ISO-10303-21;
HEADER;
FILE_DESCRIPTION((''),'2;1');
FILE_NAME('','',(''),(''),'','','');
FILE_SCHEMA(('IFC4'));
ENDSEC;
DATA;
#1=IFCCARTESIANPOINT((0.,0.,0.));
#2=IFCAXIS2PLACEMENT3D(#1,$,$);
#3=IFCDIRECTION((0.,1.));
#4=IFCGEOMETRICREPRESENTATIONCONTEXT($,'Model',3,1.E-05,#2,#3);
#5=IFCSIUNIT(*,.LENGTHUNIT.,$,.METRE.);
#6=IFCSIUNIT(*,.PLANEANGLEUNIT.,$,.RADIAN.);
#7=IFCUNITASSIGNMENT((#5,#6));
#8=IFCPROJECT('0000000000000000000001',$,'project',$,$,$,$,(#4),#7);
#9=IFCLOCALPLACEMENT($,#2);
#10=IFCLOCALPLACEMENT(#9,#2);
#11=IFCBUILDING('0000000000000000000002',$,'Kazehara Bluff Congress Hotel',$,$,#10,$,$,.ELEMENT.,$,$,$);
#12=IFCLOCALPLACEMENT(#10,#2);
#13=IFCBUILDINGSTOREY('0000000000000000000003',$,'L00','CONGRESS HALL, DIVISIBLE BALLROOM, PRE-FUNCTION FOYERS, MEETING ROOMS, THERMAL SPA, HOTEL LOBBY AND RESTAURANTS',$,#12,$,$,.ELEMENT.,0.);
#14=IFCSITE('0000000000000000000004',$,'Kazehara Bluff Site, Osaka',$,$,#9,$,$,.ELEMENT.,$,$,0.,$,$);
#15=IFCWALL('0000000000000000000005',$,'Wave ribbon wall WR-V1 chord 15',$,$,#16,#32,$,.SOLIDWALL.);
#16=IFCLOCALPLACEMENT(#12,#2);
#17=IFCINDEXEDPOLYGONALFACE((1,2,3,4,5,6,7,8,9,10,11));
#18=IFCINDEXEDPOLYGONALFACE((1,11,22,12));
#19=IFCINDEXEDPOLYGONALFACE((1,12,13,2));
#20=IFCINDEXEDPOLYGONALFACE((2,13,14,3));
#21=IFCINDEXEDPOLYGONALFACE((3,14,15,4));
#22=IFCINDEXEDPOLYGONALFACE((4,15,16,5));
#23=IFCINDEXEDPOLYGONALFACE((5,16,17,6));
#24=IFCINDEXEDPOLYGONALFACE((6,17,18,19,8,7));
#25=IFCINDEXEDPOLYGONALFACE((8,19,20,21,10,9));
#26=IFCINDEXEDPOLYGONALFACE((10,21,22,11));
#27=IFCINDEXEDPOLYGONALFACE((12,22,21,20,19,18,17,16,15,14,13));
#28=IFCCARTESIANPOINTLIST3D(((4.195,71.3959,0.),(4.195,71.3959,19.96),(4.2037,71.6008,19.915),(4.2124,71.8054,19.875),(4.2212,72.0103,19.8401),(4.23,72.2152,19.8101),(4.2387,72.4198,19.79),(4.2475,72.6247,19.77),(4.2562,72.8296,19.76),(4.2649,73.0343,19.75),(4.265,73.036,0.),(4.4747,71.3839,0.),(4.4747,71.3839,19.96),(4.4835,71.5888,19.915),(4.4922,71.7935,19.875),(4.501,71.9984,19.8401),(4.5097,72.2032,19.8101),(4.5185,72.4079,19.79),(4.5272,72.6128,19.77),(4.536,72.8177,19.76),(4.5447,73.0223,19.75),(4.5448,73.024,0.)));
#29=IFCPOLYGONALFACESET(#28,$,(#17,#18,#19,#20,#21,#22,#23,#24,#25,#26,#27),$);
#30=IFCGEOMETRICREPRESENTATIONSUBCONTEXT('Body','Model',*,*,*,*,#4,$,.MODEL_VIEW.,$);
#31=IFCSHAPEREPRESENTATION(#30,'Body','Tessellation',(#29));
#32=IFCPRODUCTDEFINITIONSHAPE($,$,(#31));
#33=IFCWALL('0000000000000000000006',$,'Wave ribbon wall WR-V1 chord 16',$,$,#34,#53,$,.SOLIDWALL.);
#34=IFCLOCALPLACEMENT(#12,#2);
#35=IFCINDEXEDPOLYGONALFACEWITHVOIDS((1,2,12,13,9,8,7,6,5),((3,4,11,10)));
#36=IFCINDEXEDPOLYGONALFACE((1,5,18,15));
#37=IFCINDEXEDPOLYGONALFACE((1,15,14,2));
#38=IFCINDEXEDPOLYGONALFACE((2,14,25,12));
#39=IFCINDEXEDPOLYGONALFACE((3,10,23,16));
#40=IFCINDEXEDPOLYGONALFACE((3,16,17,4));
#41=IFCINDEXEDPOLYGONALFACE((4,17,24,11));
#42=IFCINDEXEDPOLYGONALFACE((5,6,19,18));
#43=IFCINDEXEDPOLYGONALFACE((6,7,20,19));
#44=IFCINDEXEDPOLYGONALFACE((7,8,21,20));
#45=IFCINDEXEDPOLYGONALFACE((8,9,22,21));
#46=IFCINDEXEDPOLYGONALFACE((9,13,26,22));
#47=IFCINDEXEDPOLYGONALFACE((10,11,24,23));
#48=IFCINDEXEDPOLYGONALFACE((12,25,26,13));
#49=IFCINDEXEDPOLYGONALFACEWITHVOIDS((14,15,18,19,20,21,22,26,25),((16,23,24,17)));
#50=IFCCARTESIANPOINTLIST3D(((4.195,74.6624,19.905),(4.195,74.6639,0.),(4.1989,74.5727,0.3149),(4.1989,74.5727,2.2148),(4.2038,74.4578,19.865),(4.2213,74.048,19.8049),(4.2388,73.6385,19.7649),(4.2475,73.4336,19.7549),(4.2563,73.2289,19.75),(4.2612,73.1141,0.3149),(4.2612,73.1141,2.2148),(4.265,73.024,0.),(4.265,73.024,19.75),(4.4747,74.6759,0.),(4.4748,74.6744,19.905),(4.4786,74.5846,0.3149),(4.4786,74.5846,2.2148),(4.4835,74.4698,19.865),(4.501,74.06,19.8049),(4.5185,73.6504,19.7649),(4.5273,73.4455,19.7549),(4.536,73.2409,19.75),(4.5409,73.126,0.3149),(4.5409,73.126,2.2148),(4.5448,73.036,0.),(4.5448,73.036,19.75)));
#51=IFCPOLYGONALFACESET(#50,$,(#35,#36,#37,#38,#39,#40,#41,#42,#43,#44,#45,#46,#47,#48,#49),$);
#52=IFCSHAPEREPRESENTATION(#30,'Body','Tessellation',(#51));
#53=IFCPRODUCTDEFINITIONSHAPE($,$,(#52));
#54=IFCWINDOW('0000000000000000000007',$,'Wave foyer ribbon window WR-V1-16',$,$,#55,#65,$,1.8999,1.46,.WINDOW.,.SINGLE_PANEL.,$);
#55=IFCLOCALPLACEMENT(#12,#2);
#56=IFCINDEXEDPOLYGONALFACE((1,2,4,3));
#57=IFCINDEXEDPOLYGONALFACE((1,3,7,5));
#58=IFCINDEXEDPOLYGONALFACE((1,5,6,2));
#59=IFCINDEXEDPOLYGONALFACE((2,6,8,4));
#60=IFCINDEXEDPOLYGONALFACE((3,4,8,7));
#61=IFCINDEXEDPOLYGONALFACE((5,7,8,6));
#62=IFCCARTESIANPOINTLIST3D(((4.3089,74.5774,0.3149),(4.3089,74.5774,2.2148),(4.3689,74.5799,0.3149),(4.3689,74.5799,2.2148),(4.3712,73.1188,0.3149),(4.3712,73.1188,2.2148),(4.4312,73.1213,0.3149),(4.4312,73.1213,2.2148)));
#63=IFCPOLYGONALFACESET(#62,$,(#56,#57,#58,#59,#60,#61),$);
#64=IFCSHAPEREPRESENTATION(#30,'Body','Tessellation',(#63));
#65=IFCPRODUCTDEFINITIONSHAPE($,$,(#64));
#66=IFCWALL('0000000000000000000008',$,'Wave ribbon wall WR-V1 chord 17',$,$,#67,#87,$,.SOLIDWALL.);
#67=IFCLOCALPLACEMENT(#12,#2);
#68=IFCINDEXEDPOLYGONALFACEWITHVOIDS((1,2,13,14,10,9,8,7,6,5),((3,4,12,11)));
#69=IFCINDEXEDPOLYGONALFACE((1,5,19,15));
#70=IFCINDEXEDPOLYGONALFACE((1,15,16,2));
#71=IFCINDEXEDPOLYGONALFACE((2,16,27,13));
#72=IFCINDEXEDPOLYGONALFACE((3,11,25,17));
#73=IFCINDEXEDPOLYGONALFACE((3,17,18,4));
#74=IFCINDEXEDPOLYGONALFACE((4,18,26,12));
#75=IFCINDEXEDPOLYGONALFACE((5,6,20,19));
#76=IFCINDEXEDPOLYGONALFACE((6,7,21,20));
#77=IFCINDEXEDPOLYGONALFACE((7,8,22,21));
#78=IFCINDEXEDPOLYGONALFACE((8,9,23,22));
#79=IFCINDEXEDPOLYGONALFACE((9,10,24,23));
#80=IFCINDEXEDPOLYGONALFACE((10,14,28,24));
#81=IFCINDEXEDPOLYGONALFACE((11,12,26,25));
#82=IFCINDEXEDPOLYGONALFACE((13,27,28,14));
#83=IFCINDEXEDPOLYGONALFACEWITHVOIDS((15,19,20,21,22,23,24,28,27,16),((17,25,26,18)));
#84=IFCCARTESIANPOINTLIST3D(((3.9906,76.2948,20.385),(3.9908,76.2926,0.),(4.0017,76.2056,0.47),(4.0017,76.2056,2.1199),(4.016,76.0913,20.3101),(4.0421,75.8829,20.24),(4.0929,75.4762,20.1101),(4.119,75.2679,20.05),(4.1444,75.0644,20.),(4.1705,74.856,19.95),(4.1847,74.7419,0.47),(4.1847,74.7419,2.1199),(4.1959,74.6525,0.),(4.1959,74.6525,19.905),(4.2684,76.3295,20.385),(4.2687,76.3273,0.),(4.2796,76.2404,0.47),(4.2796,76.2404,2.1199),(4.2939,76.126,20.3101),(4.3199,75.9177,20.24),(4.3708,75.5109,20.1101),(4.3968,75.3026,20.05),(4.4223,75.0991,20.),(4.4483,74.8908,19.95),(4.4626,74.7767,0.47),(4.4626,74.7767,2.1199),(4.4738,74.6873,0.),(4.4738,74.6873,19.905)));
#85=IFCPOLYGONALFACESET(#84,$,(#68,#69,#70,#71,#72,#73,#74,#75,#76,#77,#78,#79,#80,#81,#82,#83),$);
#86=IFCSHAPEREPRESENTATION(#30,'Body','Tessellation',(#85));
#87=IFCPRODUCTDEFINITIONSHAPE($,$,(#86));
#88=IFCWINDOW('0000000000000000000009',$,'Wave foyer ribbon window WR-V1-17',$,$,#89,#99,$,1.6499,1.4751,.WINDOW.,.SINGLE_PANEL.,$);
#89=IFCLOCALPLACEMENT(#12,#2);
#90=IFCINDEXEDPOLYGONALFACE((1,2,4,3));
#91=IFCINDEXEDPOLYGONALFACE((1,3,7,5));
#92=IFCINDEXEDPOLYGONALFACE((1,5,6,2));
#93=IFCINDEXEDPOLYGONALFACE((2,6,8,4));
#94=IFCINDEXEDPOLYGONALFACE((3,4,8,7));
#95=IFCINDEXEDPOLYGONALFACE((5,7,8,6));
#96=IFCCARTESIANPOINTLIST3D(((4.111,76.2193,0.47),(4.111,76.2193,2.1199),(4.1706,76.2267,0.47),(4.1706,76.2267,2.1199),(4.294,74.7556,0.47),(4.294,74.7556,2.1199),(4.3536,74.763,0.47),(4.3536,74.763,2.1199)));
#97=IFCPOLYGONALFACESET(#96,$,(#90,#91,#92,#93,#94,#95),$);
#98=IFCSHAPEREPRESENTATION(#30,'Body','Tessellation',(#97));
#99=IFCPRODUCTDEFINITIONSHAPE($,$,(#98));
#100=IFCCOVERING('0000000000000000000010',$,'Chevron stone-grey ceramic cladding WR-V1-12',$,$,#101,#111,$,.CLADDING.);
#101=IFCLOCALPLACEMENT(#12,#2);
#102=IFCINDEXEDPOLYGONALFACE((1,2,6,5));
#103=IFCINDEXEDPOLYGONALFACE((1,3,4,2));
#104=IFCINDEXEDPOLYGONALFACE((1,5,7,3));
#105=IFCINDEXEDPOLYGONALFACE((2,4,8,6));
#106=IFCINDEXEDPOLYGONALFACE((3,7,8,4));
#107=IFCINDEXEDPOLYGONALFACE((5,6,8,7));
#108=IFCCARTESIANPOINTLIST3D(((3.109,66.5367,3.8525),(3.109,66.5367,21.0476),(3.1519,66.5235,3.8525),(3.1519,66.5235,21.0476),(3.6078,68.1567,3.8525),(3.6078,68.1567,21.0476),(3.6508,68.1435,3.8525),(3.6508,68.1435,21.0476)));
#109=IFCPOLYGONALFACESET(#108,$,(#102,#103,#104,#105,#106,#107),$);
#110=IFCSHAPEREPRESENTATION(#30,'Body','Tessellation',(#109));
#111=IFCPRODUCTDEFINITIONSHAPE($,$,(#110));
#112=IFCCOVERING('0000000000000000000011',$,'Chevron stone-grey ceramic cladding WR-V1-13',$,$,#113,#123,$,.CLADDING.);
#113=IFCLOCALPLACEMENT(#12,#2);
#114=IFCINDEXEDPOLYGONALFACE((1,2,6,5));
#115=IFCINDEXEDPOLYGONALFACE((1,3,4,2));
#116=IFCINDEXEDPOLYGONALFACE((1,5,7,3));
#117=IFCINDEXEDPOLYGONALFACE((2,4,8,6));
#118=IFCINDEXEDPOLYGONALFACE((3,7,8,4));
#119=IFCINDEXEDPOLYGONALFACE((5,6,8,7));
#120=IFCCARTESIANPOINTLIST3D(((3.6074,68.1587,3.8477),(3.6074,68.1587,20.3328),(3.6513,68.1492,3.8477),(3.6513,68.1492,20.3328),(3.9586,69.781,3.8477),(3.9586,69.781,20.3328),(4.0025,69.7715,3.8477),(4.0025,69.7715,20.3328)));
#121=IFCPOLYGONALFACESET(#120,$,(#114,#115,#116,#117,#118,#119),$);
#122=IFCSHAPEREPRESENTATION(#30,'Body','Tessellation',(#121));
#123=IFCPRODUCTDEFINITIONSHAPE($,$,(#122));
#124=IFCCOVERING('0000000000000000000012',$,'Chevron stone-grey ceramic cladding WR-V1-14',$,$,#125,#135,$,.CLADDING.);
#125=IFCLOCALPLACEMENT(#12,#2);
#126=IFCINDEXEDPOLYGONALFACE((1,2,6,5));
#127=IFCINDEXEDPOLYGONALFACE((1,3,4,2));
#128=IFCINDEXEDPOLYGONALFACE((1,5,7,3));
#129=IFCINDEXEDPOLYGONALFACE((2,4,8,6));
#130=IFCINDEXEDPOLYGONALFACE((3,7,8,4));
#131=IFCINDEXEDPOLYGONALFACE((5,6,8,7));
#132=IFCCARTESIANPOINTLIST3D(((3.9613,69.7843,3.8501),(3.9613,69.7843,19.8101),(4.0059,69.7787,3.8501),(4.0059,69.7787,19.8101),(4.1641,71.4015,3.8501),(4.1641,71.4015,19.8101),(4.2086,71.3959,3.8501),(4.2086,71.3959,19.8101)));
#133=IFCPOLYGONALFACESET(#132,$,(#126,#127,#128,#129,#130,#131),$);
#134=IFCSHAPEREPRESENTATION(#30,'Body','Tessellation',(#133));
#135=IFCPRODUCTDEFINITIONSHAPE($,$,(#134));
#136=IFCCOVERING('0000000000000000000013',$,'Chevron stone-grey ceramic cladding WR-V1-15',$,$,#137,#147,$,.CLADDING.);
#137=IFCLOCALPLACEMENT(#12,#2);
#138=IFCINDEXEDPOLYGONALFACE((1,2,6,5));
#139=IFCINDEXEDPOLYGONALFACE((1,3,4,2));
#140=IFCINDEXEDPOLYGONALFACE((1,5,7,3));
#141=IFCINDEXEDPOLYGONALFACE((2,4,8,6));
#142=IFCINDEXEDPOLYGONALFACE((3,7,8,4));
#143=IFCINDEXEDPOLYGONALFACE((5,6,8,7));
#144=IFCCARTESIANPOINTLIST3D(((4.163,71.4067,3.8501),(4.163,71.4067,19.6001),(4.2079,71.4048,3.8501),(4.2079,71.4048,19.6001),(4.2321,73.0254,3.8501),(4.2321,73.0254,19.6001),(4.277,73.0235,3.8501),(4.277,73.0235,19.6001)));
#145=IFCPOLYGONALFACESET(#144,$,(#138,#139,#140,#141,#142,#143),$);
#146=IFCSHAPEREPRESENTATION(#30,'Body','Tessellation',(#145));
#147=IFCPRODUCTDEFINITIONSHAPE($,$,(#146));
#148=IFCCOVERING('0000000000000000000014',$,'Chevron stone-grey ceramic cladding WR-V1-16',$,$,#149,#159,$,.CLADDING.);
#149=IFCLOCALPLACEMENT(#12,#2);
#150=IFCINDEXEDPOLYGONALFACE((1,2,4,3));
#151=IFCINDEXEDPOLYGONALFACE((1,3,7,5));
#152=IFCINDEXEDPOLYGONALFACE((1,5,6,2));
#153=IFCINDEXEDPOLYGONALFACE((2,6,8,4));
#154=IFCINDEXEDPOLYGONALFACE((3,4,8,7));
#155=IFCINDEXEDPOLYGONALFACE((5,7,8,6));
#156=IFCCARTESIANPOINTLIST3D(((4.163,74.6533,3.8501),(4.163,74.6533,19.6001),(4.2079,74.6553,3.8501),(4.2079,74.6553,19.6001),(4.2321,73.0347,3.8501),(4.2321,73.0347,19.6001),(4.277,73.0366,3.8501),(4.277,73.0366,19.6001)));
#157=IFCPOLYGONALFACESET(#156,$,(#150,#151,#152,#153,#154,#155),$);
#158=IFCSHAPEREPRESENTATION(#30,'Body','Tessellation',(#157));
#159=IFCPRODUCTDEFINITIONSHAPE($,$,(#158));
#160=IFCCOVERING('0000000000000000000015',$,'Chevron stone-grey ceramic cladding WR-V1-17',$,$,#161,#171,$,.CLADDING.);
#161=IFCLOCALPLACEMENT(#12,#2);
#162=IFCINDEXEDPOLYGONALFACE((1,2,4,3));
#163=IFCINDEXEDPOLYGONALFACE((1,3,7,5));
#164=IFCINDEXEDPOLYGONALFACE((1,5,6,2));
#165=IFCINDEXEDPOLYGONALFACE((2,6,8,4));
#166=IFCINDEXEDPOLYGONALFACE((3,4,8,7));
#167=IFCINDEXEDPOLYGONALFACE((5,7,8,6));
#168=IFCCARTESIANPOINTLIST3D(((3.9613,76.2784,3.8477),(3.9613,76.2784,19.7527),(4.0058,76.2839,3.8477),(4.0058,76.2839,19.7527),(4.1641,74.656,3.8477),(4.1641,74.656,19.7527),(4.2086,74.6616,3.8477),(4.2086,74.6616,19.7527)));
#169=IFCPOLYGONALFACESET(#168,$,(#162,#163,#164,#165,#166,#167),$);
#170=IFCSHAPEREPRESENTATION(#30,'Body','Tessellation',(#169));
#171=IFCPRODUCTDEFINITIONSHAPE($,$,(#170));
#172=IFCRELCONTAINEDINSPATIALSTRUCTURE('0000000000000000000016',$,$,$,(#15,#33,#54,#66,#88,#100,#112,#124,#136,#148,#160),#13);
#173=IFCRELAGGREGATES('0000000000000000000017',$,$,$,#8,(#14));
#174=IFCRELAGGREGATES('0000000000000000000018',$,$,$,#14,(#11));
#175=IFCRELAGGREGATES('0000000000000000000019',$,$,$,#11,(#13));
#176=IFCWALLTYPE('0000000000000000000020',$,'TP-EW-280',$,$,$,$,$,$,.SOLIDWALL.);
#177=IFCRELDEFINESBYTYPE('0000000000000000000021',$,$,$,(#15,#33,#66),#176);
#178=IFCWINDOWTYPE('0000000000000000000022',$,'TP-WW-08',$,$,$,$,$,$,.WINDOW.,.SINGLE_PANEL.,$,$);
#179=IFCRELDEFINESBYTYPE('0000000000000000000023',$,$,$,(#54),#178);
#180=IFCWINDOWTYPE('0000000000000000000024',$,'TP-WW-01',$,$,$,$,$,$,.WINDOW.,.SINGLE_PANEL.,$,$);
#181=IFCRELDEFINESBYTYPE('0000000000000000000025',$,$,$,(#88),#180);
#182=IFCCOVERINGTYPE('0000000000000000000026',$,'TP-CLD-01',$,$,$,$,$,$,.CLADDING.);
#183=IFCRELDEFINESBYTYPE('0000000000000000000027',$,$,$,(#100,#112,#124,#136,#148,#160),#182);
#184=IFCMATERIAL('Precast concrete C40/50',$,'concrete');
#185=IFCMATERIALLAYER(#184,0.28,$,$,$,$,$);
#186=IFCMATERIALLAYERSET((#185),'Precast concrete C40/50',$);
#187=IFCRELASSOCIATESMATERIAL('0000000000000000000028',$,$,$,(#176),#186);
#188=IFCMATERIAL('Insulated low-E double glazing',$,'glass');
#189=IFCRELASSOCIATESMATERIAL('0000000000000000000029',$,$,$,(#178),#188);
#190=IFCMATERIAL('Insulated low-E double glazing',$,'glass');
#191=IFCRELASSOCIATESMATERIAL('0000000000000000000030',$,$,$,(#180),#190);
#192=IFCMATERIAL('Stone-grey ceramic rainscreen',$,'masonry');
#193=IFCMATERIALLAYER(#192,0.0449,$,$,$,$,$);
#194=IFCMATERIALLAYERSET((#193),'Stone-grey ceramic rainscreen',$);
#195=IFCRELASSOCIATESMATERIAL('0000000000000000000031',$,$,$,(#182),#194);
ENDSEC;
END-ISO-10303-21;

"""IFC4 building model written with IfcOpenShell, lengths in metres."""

from ifc_helpers import new_model, si_unit, direction, frame, frame_2d, origin, origin_2d, place, context, subcontext, project, spatial, polyline, rectangle, outline, extrude, material, layer, layer_set, type_object, element, fill, save


model = new_model("IFC4")

# Units and contexts
model_context = context("Model", 3, precision=1e-05, world=origin(), true_north=direction((0.0, 1.0)))
body_context = subcontext(model_context, "Body", "Model", "MODEL_VIEW")
ifc_project = project(units=[si_unit("LENGTHUNIT", "METRE"), si_unit("PLANEANGLEUNIT", "RADIAN")], contexts=[model_context])

# Site, building, storey
site_placement = place(None, origin())
site = spatial("IfcSite", under=ifc_project, at=site_placement, Name="Kazehara Bluff Site, Osaka", CompositionType="ELEMENT", RefElevation=0.0)
building_placement = place(site_placement, origin())
building = spatial("IfcBuilding", under=site, at=building_placement, Name="Kazehara Bluff Congress Hotel", CompositionType="ELEMENT")
storey_placement = place(building_placement, origin())
storey = spatial("IfcBuildingStorey", under=building, at=storey_placement, Name="L00", Description="CONGRESS HALL, DIVISIBLE BALLROOM, PRE-FUNCTION FOYERS, MEETING ROOMS, THERMAL SPA, HOTEL LOBBY AND RESTAURANTS", CompositionType="ELEMENT", Elevation=0.0)

# Shared definitions
ifc_material_1 = material(Name="Precast concrete C40/50", Category="concrete")
ifc_layer_1 = layer(ifc_material_1, 0.28)
ifc_layer_set_1 = layer_set([ifc_layer_1], Name="Precast concrete C40/50")
wall_type = type_object("IfcWallType", Name="TP-EW-280", PredefinedType="SOLIDWALL", material=ifc_layer_set_1)

# Wall
wall_1_placement = place(storey_placement, frame((4.335, 71.3899, 0.0), z_axis=(0.0, 0.0, 1.0), x_axis=(0.042682, 0.999089, 0.0)))
element("IfcWall", 1, at=wall_1_placement, inside=storey, type_object=wall_type, Name="Wave ribbon wall WR-V1 chord 15", PredefinedType="SOLIDWALL", context=body_context, shape_type="SweptSolid", body=[
    extrude(outline(polyline([(0.0, 0.0), (1.6416, 0.0), (1.6399, 19.75), (1.4351, 19.76), (1.23, 19.77), (1.0249, 19.79), (0.8201, 19.8101), (0.615, 19.8401), (0.4099, 19.875), (0.2051, 19.915), (0.0, 19.96), (0.0, 0.0)])), frame((0.0, 0.1401, 0.0), z_axis=(0.0, -1.0, 0.0), x_axis=(1.0, 0.0, 0.0)), (0.0, 0.0, 1.0), 0.28),
])

# Walls, openings, windows
wall_2_placement = place(storey_placement, frame((4.405, 73.03, 0.0), z_axis=(0.0, 0.0, 1.0), x_axis=(-0.042688, 0.999088, 0.0)))
wall_2 = element("IfcWall", 2, at=wall_2_placement, inside=storey, type_object=wall_type, Name="Wave ribbon wall WR-V1 chord 16", PredefinedType="SOLIDWALL", context=body_context, shape_type="SweptSolid", body=[
    extrude(outline(polyline([(0.0, 0.0), (1.6414, 0.0), (1.6399, 19.905), (1.4351, 19.865), (1.23, 19.835), (1.0249, 19.8049), (0.8201, 19.7849), (0.615, 19.7649), (0.4099, 19.7549), (0.2051, 19.75), (0.0, 19.75), (0.0, 0.0)])), frame((0.0, 0.1401, 0.0), z_axis=(0.0, -1.0, 0.0), x_axis=(1.0, 0.0, 0.0)), (0.0, 0.0, 1.0), 0.28),
])
opening_1_placement = place(wall_2_placement, frame((0.0901, 0.0, 0.3149)))
opening_1 = element("IfcOpeningElement", 3, at=opening_1_placement, cuts=wall_2, PredefinedType="OPENING", context=body_context, shape_type="SweptSolid", body=[
    extrude(rectangle(XDim=1.46, YDim=1.8999, at=frame_2d((0.73, 0.95))), frame((0.0, 0.1499, 0.0), z_axis=(0.0, -1.0, 0.0), x_axis=(1.0, 0.0, 0.0)), (0.0, 0.0, 1.0), 0.3),
])
ifc_material_2 = material(Name="Insulated low-E double glazing", Category="glass")
window_type_1 = type_object("IfcWindowType", Name="TP-WW-08", PartitioningType="SINGLE_PANEL", PredefinedType="WINDOW", material=ifc_material_2)
window_1_placement = place(opening_1_placement, origin())
window_1 = element("IfcWindow", 4, at=window_1_placement, inside=storey, type_object=window_type_1, Name="Wave foyer ribbon window WR-V1-16", OverallHeight=1.8999, OverallWidth=1.46, PartitioningType="SINGLE_PANEL", PredefinedType="WINDOW", context=body_context, shape_type="SweptSolid", body=[
    extrude(rectangle(XDim=1.46, YDim=1.8999, at=frame_2d((0.73, 0.95))), frame((0.0, 0.03, 0.0), z_axis=(0.0, -1.0, 0.0), x_axis=(1.0, 0.0, 0.0)), (0.0, 0.0, 1.0), 0.0601),
])
fill(opening_1, window_1)
wall_3_placement = place(storey_placement, frame((4.335, 74.6699, 0.0), z_axis=(0.0, 0.0, 1.0), x_axis=(-0.124071, 0.992273, 0.0)))
wall_3 = element("IfcWall", 5, at=wall_3_placement, inside=storey, type_object=wall_type, Name="Wave ribbon wall WR-V1 chord 17", PredefinedType="SOLIDWALL", context=body_context, shape_type="SweptSolid", body=[
    extrude(outline(polyline([(0.0, 0.0), (1.6528, 0.0), (1.655, 20.385), (1.45, 20.3101), (1.24, 20.24), (1.0349, 20.175), (0.8301, 20.1101), (0.6201, 20.05), (0.415, 20.0), (0.2051, 19.95), (0.0, 19.905), (0.0, 0.0)])), frame((0.0, 0.1401, 0.0), z_axis=(0.0, -1.0, 0.0), x_axis=(1.0, 0.0, 0.0)), (0.0, 0.0, 1.0), 0.28),
])
opening_2_placement = place(wall_3_placement, frame((0.0901, 0.0, 0.47)))
opening_2 = element("IfcOpeningElement", 6, at=opening_2_placement, cuts=wall_3, PredefinedType="OPENING", context=body_context, shape_type="SweptSolid", body=[
    extrude(rectangle(XDim=1.4751, YDim=1.6499, at=frame_2d((0.7375, 0.825))), frame((0.0, 0.1499, 0.0), z_axis=(0.0, -1.0, 0.0), x_axis=(1.0, 0.0, 0.0)), (0.0, 0.0, 1.0), 0.3),
])
ifc_material_3 = material(Name="Insulated low-E double glazing", Category="glass")
window_type_2 = type_object("IfcWindowType", Name="TP-WW-01", PartitioningType="SINGLE_PANEL", PredefinedType="WINDOW", material=ifc_material_3)
window_2_placement = place(opening_2_placement, origin())
window_2 = element("IfcWindow", 7, at=window_2_placement, inside=storey, type_object=window_type_2, Name="Wave foyer ribbon window WR-V1-17", OverallHeight=1.6499, OverallWidth=1.4751, PartitioningType="SINGLE_PANEL", PredefinedType="WINDOW", context=body_context, shape_type="SweptSolid", body=[
    extrude(rectangle(XDim=1.4751, YDim=1.6499, at=frame_2d((0.7375, 0.825))), frame((0.0, 0.03, 0.0), z_axis=(0.0, -1.0, 0.0), x_axis=(1.0, 0.0, 0.0)), (0.0, 0.0, 1.0), 0.0601),
])
fill(opening_2, window_2)

# Coverings
ifc_material_4 = material(Name="Stone-grey ceramic rainscreen", Category="masonry")
ifc_layer_2 = layer(ifc_material_4, 0.0449)
ifc_layer_set_2 = layer_set([ifc_layer_2], Name="Stone-grey ceramic rainscreen")
covering_type_1 = type_object("IfcCoveringType", Name="TP-CLD-01", PredefinedType="CLADDING", material=ifc_layer_set_2)
covering_1_placement = place(storey_placement, frame((3.3799, 67.3401, 3.8525), z_axis=(0.0, 0.0, 1.0), x_axis=(0.294291, 0.955716, 0.0)))
element("IfcCovering", 8, at=covering_1_placement, inside=storey, type_object=covering_type_1, Name="Chevron stone-grey ceramic cladding WR-V1-12", PredefinedType="CLADDING", context=body_context, shape_type="SweptSolid", body=[
    extrude(rectangle(XDim=1.6951, YDim=0.0449, at=origin_2d()), origin(), (0.0, 0.0, 1.0), 17.1951),
])
covering_2_placement = place(storey_placement, frame((3.8049, 68.9651, 3.8477), z_axis=(0.0, 0.0, 1.0), x_axis=(0.211564, 0.977364, 0.0)))
element("IfcCovering", 9, at=covering_2_placement, inside=storey, type_object=covering_type_1, Name="Chevron stone-grey ceramic cladding WR-V1-13", PredefinedType="CLADDING", context=body_context, shape_type="SweptSolid", body=[
    extrude(rectangle(XDim=1.6599, YDim=0.0449, at=origin_2d()), origin(), (0.0, 0.0, 1.0), 16.4851),
])
covering_3_placement = place(storey_placement, frame((4.085, 70.5901, 3.8501), z_axis=(0.0, 0.0, 1.0), x_axis=(0.124409, 0.992231, 0.0)))
element("IfcCovering", 10, at=covering_3_placement, inside=storey, type_object=covering_type_1, Name="Chevron stone-grey ceramic cladding WR-V1-14", PredefinedType="CLADDING", context=body_context, shape_type="SweptSolid", body=[
    extrude(rectangle(XDim=1.6299, YDim=0.0449, at=origin_2d()), origin(), (0.0, 0.0, 1.0), 15.96),
])
for number, where, z_axis, x_axis, name in (
    (11, (4.22, 72.2151, 3.8501), (0.0, 0.0, 1.0), (0.042645, 0.99909, 0.0), "Chevron stone-grey ceramic cladding WR-V1-15"),
    (12, (4.22, 73.845, 3.8501), (0.0, 0.0, 1.0), (-0.042645, 0.99909, 0.0), "Chevron stone-grey ceramic cladding WR-V1-16"),
):
    element("IfcCovering", number, at=place(storey_placement, frame(where, z_axis=z_axis, x_axis=x_axis)), inside=storey, type_object=covering_type_1, Name=name, PredefinedType="CLADDING", context=body_context, shape_type="SweptSolid", body=[
        extrude(rectangle(XDim=1.6201, YDim=0.0449, at=origin_2d()), origin(), (0.0, 0.0, 1.0), 15.75),
    ])
covering_4_placement = place(storey_placement, frame((4.085, 75.47, 3.8477), z_axis=(0.0, 0.0, 1.0), x_axis=(-0.124034, 0.992278, 0.0)))
element("IfcCovering", 13, at=covering_4_placement, inside=storey, type_object=covering_type_1, Name="Chevron stone-grey ceramic cladding WR-V1-17", PredefinedType="CLADDING", context=body_context, shape_type="SweptSolid", body=[
    extrude(rectangle(XDim=1.635, YDim=0.0449, at=origin_2d()), origin(), (0.0, 0.0, 1.0), 15.905),
])

save(model, "model.ifc")
